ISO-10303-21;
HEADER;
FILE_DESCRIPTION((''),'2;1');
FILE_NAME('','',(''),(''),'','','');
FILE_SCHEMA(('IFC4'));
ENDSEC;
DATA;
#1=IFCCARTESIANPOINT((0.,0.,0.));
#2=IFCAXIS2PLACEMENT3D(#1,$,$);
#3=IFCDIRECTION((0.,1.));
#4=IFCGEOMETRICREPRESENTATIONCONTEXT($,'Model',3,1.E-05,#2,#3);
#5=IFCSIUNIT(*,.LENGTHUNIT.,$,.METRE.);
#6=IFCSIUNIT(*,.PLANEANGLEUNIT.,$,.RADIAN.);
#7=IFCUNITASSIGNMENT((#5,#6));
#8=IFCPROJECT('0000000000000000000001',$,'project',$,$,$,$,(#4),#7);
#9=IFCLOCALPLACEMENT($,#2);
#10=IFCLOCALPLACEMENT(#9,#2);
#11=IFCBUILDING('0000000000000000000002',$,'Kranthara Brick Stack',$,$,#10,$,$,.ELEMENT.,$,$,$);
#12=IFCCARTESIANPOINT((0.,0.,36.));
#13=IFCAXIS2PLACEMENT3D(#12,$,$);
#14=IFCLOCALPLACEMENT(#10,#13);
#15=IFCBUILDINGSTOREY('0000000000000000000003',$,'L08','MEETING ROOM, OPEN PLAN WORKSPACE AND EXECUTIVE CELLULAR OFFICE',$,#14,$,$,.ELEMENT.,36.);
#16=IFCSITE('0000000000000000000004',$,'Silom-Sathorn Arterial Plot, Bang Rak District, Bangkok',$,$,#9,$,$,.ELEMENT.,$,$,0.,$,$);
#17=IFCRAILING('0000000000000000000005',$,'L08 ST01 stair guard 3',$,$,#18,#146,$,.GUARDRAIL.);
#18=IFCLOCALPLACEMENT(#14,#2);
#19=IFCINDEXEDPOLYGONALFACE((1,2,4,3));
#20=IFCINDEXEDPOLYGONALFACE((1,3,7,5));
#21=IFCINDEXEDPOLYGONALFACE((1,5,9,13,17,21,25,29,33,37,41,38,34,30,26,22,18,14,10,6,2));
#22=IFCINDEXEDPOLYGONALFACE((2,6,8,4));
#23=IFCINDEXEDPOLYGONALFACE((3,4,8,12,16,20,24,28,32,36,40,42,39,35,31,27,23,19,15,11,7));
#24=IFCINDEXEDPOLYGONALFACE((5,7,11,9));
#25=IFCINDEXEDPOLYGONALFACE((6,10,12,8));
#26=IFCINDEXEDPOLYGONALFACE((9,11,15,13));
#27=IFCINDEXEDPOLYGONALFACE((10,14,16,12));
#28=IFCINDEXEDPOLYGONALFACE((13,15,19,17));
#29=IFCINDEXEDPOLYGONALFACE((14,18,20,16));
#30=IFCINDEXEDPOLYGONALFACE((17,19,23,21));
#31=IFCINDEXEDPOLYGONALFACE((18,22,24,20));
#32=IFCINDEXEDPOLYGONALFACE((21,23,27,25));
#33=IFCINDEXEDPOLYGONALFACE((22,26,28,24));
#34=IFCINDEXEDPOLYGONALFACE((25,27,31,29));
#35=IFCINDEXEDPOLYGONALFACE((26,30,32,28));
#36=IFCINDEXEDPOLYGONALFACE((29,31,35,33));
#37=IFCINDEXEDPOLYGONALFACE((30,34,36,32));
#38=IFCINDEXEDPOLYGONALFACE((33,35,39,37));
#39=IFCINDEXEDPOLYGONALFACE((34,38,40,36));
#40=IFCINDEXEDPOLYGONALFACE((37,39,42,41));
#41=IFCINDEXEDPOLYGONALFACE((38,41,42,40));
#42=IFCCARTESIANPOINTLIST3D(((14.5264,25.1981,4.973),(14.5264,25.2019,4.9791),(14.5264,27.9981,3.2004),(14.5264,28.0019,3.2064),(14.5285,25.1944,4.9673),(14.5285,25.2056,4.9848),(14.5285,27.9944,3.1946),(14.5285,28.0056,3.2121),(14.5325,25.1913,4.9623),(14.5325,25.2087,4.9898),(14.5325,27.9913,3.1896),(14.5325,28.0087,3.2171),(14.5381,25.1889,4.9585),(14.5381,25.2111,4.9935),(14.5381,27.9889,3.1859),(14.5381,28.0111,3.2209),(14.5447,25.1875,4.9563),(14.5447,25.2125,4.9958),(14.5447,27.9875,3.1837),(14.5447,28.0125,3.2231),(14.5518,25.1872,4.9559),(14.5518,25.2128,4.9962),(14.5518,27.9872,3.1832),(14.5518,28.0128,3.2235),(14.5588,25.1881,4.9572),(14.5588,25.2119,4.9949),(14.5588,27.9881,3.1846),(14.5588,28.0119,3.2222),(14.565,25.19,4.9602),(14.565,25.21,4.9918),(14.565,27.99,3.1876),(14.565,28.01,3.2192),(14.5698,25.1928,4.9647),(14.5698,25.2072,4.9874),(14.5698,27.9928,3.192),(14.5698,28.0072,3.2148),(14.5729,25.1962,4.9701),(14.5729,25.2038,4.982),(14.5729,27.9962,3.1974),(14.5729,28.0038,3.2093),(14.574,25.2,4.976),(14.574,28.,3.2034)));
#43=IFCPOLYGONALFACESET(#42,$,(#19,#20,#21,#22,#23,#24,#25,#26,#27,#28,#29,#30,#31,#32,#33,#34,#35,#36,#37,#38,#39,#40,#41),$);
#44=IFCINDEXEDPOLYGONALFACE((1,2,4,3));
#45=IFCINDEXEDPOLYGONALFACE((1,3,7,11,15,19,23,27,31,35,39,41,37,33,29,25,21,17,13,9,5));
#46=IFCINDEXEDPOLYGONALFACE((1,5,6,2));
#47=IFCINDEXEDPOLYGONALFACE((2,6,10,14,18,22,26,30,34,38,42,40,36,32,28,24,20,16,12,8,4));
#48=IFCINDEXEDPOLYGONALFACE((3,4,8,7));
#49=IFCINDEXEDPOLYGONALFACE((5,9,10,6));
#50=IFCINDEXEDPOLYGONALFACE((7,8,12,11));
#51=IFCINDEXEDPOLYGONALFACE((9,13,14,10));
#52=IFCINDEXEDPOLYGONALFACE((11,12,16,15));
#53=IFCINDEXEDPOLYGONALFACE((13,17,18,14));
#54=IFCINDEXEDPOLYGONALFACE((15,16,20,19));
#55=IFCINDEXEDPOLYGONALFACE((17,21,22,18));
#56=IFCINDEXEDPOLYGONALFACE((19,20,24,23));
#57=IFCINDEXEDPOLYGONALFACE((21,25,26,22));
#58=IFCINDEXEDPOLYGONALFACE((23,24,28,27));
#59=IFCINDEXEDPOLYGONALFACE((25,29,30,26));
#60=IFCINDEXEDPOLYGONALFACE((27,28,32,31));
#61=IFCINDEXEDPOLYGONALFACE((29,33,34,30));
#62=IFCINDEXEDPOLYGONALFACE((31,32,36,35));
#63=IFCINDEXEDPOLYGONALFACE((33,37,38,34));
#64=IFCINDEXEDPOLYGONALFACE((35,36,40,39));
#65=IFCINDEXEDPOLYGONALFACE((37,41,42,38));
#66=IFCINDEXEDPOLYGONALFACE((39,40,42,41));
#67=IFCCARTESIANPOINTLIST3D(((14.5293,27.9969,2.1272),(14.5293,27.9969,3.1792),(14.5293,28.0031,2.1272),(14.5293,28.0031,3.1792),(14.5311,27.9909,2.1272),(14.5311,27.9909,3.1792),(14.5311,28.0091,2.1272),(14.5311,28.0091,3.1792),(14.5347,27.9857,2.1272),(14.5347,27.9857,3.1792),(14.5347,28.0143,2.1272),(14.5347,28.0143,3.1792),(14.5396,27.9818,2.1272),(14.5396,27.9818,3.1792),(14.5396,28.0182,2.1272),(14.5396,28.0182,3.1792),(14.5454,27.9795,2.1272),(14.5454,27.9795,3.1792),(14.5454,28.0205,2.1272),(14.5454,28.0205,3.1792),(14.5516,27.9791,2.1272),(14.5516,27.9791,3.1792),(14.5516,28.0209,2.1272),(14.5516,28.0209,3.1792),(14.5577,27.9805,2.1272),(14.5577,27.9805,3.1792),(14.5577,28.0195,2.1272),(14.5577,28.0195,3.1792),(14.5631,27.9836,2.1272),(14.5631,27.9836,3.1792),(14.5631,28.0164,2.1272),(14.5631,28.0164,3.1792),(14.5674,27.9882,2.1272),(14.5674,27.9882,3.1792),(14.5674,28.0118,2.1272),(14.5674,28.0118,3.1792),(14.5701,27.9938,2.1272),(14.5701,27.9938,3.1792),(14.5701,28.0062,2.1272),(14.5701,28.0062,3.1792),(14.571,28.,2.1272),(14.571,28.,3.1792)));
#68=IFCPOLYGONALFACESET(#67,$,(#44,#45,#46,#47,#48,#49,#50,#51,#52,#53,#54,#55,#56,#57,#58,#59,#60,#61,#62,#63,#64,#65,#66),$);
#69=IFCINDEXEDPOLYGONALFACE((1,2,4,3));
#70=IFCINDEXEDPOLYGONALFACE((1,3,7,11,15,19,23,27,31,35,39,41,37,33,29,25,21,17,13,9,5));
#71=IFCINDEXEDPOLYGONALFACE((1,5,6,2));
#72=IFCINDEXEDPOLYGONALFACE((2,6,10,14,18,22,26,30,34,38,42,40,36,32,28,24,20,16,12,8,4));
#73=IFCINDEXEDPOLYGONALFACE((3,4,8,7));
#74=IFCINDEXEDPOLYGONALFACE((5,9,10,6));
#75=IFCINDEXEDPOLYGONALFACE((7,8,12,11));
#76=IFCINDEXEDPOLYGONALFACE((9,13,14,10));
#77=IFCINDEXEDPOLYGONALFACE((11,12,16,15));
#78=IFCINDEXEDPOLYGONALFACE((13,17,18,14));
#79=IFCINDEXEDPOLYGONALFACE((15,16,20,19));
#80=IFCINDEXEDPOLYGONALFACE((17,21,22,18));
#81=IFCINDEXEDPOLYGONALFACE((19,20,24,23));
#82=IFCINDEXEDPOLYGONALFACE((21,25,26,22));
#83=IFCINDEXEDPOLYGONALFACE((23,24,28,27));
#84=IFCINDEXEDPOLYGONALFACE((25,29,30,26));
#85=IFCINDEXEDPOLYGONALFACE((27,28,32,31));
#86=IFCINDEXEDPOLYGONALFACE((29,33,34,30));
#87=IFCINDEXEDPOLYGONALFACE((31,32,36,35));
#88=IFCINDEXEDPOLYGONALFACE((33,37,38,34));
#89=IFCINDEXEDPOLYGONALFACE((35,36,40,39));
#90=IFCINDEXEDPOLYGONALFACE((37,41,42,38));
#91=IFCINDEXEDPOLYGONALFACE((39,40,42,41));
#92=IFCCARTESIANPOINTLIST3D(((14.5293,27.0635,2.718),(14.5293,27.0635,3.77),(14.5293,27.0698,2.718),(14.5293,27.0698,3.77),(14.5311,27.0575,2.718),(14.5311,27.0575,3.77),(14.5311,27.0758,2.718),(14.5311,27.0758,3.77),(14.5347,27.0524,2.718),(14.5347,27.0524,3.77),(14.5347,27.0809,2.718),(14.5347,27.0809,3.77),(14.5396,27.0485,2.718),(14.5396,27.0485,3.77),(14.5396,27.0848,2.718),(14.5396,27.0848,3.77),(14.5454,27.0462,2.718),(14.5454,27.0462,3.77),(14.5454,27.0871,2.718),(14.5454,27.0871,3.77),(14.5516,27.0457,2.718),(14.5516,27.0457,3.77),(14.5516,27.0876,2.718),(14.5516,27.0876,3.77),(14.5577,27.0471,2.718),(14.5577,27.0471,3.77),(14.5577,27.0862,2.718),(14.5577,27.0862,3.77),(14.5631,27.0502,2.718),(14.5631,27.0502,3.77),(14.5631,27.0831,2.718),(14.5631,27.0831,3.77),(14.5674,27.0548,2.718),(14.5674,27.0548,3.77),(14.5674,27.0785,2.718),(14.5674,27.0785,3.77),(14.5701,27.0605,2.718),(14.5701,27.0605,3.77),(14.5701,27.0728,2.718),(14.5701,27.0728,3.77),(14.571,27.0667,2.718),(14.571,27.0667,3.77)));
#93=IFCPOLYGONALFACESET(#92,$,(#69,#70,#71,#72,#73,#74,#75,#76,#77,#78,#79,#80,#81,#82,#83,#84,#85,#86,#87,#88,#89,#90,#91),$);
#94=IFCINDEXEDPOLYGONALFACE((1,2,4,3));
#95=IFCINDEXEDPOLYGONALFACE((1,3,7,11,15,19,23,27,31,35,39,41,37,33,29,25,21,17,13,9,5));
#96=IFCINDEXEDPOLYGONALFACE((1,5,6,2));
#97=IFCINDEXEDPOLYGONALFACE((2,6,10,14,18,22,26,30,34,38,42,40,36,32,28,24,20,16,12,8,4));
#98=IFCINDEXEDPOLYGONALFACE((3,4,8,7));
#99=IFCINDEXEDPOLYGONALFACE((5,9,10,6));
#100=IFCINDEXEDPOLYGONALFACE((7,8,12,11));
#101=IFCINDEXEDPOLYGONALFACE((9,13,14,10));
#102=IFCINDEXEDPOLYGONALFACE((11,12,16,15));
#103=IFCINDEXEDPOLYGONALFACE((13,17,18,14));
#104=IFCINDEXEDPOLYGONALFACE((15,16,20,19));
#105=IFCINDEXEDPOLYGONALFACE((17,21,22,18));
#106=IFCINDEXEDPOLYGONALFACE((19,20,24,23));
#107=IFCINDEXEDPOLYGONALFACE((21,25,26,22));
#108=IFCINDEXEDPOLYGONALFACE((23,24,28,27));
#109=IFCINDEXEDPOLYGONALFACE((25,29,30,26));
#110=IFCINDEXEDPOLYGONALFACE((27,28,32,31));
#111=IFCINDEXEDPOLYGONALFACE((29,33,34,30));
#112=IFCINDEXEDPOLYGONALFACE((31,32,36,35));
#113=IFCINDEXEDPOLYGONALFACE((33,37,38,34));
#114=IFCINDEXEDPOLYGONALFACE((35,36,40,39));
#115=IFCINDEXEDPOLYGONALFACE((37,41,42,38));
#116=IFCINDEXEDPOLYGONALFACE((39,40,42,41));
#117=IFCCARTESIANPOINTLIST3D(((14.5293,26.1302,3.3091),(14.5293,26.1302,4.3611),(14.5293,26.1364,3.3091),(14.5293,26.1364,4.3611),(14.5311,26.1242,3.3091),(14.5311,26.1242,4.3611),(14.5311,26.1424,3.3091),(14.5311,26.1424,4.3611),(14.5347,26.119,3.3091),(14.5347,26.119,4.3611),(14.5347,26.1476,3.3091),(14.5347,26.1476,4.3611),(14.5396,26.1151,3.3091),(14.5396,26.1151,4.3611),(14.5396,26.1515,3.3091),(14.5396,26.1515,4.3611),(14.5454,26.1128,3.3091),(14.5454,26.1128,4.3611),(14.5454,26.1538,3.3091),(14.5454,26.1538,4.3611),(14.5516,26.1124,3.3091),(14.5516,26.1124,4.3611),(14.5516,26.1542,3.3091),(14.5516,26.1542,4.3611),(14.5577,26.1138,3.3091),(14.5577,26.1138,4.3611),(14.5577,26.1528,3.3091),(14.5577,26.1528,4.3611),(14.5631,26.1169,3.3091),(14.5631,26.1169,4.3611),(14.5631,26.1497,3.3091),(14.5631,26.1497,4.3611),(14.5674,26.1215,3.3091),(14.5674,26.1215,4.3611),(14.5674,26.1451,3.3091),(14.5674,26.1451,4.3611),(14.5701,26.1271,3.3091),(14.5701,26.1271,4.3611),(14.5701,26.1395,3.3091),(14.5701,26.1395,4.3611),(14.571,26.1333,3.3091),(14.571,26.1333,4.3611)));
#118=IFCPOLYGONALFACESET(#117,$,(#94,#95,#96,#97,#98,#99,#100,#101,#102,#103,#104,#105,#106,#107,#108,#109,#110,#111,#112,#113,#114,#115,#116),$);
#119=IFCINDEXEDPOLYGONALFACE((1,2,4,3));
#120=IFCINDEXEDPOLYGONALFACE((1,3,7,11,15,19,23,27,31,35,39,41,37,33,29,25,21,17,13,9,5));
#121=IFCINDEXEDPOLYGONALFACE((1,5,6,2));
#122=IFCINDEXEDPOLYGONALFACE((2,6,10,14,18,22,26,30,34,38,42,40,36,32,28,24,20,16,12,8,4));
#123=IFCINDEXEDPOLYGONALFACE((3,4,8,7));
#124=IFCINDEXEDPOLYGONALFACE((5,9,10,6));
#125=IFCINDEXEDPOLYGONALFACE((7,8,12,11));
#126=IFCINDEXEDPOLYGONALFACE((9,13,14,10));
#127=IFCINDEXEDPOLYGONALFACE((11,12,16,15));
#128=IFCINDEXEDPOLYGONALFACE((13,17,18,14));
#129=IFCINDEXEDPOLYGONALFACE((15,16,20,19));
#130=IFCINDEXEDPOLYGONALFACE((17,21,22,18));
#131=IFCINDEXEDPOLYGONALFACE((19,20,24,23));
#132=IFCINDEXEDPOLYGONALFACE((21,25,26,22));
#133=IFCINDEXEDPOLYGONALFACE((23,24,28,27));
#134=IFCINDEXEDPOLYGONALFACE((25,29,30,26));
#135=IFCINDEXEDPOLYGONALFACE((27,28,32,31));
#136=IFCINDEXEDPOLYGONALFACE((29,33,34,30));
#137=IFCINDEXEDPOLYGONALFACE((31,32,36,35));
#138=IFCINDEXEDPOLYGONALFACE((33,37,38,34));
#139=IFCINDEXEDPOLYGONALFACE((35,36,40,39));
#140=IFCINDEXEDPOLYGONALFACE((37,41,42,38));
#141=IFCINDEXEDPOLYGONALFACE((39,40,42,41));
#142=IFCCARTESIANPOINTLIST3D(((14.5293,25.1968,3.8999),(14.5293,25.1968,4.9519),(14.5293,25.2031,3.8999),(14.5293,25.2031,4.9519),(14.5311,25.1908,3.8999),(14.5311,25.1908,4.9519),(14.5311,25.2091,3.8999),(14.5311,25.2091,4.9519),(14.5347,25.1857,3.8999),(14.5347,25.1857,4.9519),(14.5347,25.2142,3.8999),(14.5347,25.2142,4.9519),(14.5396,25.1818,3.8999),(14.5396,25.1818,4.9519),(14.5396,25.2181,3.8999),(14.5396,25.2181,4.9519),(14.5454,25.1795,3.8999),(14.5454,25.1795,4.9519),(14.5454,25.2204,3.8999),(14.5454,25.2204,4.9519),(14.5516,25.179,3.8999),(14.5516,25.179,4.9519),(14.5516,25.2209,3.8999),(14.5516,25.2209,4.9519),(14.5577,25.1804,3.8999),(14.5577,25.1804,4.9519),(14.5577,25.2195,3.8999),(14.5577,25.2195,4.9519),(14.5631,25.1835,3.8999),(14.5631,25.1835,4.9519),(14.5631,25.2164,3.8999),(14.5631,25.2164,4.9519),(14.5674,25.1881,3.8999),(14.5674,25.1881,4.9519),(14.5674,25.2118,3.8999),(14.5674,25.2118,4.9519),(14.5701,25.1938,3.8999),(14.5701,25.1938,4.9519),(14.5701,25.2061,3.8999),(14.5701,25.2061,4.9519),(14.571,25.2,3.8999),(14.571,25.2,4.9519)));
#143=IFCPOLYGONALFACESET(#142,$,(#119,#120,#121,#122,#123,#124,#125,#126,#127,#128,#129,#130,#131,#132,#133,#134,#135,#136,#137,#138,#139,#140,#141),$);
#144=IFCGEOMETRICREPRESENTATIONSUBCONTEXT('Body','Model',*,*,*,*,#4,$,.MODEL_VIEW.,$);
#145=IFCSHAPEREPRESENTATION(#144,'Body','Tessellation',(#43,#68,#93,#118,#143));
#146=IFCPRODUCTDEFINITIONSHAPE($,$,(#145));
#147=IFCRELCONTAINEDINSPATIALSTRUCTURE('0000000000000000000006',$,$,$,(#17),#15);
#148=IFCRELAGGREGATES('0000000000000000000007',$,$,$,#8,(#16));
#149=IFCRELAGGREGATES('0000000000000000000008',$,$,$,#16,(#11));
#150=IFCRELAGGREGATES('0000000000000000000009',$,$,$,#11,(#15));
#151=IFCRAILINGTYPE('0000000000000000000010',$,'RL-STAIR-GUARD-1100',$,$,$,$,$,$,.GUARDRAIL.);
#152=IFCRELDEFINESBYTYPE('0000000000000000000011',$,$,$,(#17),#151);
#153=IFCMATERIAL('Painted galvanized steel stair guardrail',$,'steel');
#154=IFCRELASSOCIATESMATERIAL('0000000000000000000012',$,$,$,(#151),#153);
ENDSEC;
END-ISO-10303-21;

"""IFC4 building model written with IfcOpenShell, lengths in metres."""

from ifc_helpers import new_model, si_unit, direction, frame, origin, origin_2d, place, context, subcontext, project, spatial, circle, extrude, material, type_object, element, save


model = new_model("IFC4")

# Units and contexts
model_context = context("Model", 3, precision=1e-05, world=origin(), true_north=direction((0.0, 1.0)))
body_context = subcontext(model_context, "Body", "Model", "MODEL_VIEW")
ifc_project = project(units=[si_unit("LENGTHUNIT", "METRE"), si_unit("PLANEANGLEUNIT", "RADIAN")], contexts=[model_context])

# Site, building, storey
site_placement = place(None, origin())
site = spatial("IfcSite", under=ifc_project, at=site_placement, Name="Silom-Sathorn Arterial Plot, Bang Rak District, Bangkok", CompositionType="ELEMENT", RefElevation=0.0)
building_placement = place(site_placement, origin())
building = spatial("IfcBuilding", under=site, at=building_placement, Name="Kranthara Brick Stack", CompositionType="ELEMENT")
storey_placement = place(building_placement, frame((0.0, 0.0, 36.0)))
storey = spatial("IfcBuildingStorey", under=building, at=storey_placement, Name="L08", Description="MEETING ROOM, OPEN PLAN WORKSPACE AND EXECUTIVE CELLULAR OFFICE", CompositionType="ELEMENT", Elevation=36.0)

# Railing
ifc_material_1 = material(Name="Painted galvanized steel stair guardrail", Category="steel")
railing_type_1 = type_object("IfcRailingType", Name="RL-STAIR-GUARD-1100", PredefinedType="GUARDRAIL", material=ifc_material_1)
railing_1_placement = place(storey_placement, frame((14.55, 28.0, 2.1272)))
element("IfcRailing", 1, at=railing_1_placement, inside=storey, type_object=railing_type_1, Name="L08 ST01 stair guard 3", PredefinedType="GUARDRAIL", context=body_context, shape_type="SweptSolid", body=[
    extrude(circle(Radius=0.0239, at=origin_2d()), frame((0.0, 0.0, 1.0762), z_axis=(0.0, -0.844909, 0.53491), x_axis=(1.0, 0.0, 0.0)), (0.0, 0.0, 1.0), 3.314),
    extrude(circle(Radius=0.021, at=origin_2d()), origin(), (0.0, 0.0, 1.0), 1.052),
    extrude(circle(Radius=0.021, at=origin_2d()), frame((0.0, -0.9333, 0.5908)), (0.0, 0.0, 1.0), 1.052),
    extrude(circle(Radius=0.021, at=origin_2d()), frame((0.0, -1.8667, 1.1819)), (0.0, 0.0, 1.0), 1.052),
    extrude(circle(Radius=0.021, at=origin_2d()), frame((0.0, -2.8, 1.7727)), (0.0, 0.0, 1.0), 1.052),
])

save(model, "model.ifc")
